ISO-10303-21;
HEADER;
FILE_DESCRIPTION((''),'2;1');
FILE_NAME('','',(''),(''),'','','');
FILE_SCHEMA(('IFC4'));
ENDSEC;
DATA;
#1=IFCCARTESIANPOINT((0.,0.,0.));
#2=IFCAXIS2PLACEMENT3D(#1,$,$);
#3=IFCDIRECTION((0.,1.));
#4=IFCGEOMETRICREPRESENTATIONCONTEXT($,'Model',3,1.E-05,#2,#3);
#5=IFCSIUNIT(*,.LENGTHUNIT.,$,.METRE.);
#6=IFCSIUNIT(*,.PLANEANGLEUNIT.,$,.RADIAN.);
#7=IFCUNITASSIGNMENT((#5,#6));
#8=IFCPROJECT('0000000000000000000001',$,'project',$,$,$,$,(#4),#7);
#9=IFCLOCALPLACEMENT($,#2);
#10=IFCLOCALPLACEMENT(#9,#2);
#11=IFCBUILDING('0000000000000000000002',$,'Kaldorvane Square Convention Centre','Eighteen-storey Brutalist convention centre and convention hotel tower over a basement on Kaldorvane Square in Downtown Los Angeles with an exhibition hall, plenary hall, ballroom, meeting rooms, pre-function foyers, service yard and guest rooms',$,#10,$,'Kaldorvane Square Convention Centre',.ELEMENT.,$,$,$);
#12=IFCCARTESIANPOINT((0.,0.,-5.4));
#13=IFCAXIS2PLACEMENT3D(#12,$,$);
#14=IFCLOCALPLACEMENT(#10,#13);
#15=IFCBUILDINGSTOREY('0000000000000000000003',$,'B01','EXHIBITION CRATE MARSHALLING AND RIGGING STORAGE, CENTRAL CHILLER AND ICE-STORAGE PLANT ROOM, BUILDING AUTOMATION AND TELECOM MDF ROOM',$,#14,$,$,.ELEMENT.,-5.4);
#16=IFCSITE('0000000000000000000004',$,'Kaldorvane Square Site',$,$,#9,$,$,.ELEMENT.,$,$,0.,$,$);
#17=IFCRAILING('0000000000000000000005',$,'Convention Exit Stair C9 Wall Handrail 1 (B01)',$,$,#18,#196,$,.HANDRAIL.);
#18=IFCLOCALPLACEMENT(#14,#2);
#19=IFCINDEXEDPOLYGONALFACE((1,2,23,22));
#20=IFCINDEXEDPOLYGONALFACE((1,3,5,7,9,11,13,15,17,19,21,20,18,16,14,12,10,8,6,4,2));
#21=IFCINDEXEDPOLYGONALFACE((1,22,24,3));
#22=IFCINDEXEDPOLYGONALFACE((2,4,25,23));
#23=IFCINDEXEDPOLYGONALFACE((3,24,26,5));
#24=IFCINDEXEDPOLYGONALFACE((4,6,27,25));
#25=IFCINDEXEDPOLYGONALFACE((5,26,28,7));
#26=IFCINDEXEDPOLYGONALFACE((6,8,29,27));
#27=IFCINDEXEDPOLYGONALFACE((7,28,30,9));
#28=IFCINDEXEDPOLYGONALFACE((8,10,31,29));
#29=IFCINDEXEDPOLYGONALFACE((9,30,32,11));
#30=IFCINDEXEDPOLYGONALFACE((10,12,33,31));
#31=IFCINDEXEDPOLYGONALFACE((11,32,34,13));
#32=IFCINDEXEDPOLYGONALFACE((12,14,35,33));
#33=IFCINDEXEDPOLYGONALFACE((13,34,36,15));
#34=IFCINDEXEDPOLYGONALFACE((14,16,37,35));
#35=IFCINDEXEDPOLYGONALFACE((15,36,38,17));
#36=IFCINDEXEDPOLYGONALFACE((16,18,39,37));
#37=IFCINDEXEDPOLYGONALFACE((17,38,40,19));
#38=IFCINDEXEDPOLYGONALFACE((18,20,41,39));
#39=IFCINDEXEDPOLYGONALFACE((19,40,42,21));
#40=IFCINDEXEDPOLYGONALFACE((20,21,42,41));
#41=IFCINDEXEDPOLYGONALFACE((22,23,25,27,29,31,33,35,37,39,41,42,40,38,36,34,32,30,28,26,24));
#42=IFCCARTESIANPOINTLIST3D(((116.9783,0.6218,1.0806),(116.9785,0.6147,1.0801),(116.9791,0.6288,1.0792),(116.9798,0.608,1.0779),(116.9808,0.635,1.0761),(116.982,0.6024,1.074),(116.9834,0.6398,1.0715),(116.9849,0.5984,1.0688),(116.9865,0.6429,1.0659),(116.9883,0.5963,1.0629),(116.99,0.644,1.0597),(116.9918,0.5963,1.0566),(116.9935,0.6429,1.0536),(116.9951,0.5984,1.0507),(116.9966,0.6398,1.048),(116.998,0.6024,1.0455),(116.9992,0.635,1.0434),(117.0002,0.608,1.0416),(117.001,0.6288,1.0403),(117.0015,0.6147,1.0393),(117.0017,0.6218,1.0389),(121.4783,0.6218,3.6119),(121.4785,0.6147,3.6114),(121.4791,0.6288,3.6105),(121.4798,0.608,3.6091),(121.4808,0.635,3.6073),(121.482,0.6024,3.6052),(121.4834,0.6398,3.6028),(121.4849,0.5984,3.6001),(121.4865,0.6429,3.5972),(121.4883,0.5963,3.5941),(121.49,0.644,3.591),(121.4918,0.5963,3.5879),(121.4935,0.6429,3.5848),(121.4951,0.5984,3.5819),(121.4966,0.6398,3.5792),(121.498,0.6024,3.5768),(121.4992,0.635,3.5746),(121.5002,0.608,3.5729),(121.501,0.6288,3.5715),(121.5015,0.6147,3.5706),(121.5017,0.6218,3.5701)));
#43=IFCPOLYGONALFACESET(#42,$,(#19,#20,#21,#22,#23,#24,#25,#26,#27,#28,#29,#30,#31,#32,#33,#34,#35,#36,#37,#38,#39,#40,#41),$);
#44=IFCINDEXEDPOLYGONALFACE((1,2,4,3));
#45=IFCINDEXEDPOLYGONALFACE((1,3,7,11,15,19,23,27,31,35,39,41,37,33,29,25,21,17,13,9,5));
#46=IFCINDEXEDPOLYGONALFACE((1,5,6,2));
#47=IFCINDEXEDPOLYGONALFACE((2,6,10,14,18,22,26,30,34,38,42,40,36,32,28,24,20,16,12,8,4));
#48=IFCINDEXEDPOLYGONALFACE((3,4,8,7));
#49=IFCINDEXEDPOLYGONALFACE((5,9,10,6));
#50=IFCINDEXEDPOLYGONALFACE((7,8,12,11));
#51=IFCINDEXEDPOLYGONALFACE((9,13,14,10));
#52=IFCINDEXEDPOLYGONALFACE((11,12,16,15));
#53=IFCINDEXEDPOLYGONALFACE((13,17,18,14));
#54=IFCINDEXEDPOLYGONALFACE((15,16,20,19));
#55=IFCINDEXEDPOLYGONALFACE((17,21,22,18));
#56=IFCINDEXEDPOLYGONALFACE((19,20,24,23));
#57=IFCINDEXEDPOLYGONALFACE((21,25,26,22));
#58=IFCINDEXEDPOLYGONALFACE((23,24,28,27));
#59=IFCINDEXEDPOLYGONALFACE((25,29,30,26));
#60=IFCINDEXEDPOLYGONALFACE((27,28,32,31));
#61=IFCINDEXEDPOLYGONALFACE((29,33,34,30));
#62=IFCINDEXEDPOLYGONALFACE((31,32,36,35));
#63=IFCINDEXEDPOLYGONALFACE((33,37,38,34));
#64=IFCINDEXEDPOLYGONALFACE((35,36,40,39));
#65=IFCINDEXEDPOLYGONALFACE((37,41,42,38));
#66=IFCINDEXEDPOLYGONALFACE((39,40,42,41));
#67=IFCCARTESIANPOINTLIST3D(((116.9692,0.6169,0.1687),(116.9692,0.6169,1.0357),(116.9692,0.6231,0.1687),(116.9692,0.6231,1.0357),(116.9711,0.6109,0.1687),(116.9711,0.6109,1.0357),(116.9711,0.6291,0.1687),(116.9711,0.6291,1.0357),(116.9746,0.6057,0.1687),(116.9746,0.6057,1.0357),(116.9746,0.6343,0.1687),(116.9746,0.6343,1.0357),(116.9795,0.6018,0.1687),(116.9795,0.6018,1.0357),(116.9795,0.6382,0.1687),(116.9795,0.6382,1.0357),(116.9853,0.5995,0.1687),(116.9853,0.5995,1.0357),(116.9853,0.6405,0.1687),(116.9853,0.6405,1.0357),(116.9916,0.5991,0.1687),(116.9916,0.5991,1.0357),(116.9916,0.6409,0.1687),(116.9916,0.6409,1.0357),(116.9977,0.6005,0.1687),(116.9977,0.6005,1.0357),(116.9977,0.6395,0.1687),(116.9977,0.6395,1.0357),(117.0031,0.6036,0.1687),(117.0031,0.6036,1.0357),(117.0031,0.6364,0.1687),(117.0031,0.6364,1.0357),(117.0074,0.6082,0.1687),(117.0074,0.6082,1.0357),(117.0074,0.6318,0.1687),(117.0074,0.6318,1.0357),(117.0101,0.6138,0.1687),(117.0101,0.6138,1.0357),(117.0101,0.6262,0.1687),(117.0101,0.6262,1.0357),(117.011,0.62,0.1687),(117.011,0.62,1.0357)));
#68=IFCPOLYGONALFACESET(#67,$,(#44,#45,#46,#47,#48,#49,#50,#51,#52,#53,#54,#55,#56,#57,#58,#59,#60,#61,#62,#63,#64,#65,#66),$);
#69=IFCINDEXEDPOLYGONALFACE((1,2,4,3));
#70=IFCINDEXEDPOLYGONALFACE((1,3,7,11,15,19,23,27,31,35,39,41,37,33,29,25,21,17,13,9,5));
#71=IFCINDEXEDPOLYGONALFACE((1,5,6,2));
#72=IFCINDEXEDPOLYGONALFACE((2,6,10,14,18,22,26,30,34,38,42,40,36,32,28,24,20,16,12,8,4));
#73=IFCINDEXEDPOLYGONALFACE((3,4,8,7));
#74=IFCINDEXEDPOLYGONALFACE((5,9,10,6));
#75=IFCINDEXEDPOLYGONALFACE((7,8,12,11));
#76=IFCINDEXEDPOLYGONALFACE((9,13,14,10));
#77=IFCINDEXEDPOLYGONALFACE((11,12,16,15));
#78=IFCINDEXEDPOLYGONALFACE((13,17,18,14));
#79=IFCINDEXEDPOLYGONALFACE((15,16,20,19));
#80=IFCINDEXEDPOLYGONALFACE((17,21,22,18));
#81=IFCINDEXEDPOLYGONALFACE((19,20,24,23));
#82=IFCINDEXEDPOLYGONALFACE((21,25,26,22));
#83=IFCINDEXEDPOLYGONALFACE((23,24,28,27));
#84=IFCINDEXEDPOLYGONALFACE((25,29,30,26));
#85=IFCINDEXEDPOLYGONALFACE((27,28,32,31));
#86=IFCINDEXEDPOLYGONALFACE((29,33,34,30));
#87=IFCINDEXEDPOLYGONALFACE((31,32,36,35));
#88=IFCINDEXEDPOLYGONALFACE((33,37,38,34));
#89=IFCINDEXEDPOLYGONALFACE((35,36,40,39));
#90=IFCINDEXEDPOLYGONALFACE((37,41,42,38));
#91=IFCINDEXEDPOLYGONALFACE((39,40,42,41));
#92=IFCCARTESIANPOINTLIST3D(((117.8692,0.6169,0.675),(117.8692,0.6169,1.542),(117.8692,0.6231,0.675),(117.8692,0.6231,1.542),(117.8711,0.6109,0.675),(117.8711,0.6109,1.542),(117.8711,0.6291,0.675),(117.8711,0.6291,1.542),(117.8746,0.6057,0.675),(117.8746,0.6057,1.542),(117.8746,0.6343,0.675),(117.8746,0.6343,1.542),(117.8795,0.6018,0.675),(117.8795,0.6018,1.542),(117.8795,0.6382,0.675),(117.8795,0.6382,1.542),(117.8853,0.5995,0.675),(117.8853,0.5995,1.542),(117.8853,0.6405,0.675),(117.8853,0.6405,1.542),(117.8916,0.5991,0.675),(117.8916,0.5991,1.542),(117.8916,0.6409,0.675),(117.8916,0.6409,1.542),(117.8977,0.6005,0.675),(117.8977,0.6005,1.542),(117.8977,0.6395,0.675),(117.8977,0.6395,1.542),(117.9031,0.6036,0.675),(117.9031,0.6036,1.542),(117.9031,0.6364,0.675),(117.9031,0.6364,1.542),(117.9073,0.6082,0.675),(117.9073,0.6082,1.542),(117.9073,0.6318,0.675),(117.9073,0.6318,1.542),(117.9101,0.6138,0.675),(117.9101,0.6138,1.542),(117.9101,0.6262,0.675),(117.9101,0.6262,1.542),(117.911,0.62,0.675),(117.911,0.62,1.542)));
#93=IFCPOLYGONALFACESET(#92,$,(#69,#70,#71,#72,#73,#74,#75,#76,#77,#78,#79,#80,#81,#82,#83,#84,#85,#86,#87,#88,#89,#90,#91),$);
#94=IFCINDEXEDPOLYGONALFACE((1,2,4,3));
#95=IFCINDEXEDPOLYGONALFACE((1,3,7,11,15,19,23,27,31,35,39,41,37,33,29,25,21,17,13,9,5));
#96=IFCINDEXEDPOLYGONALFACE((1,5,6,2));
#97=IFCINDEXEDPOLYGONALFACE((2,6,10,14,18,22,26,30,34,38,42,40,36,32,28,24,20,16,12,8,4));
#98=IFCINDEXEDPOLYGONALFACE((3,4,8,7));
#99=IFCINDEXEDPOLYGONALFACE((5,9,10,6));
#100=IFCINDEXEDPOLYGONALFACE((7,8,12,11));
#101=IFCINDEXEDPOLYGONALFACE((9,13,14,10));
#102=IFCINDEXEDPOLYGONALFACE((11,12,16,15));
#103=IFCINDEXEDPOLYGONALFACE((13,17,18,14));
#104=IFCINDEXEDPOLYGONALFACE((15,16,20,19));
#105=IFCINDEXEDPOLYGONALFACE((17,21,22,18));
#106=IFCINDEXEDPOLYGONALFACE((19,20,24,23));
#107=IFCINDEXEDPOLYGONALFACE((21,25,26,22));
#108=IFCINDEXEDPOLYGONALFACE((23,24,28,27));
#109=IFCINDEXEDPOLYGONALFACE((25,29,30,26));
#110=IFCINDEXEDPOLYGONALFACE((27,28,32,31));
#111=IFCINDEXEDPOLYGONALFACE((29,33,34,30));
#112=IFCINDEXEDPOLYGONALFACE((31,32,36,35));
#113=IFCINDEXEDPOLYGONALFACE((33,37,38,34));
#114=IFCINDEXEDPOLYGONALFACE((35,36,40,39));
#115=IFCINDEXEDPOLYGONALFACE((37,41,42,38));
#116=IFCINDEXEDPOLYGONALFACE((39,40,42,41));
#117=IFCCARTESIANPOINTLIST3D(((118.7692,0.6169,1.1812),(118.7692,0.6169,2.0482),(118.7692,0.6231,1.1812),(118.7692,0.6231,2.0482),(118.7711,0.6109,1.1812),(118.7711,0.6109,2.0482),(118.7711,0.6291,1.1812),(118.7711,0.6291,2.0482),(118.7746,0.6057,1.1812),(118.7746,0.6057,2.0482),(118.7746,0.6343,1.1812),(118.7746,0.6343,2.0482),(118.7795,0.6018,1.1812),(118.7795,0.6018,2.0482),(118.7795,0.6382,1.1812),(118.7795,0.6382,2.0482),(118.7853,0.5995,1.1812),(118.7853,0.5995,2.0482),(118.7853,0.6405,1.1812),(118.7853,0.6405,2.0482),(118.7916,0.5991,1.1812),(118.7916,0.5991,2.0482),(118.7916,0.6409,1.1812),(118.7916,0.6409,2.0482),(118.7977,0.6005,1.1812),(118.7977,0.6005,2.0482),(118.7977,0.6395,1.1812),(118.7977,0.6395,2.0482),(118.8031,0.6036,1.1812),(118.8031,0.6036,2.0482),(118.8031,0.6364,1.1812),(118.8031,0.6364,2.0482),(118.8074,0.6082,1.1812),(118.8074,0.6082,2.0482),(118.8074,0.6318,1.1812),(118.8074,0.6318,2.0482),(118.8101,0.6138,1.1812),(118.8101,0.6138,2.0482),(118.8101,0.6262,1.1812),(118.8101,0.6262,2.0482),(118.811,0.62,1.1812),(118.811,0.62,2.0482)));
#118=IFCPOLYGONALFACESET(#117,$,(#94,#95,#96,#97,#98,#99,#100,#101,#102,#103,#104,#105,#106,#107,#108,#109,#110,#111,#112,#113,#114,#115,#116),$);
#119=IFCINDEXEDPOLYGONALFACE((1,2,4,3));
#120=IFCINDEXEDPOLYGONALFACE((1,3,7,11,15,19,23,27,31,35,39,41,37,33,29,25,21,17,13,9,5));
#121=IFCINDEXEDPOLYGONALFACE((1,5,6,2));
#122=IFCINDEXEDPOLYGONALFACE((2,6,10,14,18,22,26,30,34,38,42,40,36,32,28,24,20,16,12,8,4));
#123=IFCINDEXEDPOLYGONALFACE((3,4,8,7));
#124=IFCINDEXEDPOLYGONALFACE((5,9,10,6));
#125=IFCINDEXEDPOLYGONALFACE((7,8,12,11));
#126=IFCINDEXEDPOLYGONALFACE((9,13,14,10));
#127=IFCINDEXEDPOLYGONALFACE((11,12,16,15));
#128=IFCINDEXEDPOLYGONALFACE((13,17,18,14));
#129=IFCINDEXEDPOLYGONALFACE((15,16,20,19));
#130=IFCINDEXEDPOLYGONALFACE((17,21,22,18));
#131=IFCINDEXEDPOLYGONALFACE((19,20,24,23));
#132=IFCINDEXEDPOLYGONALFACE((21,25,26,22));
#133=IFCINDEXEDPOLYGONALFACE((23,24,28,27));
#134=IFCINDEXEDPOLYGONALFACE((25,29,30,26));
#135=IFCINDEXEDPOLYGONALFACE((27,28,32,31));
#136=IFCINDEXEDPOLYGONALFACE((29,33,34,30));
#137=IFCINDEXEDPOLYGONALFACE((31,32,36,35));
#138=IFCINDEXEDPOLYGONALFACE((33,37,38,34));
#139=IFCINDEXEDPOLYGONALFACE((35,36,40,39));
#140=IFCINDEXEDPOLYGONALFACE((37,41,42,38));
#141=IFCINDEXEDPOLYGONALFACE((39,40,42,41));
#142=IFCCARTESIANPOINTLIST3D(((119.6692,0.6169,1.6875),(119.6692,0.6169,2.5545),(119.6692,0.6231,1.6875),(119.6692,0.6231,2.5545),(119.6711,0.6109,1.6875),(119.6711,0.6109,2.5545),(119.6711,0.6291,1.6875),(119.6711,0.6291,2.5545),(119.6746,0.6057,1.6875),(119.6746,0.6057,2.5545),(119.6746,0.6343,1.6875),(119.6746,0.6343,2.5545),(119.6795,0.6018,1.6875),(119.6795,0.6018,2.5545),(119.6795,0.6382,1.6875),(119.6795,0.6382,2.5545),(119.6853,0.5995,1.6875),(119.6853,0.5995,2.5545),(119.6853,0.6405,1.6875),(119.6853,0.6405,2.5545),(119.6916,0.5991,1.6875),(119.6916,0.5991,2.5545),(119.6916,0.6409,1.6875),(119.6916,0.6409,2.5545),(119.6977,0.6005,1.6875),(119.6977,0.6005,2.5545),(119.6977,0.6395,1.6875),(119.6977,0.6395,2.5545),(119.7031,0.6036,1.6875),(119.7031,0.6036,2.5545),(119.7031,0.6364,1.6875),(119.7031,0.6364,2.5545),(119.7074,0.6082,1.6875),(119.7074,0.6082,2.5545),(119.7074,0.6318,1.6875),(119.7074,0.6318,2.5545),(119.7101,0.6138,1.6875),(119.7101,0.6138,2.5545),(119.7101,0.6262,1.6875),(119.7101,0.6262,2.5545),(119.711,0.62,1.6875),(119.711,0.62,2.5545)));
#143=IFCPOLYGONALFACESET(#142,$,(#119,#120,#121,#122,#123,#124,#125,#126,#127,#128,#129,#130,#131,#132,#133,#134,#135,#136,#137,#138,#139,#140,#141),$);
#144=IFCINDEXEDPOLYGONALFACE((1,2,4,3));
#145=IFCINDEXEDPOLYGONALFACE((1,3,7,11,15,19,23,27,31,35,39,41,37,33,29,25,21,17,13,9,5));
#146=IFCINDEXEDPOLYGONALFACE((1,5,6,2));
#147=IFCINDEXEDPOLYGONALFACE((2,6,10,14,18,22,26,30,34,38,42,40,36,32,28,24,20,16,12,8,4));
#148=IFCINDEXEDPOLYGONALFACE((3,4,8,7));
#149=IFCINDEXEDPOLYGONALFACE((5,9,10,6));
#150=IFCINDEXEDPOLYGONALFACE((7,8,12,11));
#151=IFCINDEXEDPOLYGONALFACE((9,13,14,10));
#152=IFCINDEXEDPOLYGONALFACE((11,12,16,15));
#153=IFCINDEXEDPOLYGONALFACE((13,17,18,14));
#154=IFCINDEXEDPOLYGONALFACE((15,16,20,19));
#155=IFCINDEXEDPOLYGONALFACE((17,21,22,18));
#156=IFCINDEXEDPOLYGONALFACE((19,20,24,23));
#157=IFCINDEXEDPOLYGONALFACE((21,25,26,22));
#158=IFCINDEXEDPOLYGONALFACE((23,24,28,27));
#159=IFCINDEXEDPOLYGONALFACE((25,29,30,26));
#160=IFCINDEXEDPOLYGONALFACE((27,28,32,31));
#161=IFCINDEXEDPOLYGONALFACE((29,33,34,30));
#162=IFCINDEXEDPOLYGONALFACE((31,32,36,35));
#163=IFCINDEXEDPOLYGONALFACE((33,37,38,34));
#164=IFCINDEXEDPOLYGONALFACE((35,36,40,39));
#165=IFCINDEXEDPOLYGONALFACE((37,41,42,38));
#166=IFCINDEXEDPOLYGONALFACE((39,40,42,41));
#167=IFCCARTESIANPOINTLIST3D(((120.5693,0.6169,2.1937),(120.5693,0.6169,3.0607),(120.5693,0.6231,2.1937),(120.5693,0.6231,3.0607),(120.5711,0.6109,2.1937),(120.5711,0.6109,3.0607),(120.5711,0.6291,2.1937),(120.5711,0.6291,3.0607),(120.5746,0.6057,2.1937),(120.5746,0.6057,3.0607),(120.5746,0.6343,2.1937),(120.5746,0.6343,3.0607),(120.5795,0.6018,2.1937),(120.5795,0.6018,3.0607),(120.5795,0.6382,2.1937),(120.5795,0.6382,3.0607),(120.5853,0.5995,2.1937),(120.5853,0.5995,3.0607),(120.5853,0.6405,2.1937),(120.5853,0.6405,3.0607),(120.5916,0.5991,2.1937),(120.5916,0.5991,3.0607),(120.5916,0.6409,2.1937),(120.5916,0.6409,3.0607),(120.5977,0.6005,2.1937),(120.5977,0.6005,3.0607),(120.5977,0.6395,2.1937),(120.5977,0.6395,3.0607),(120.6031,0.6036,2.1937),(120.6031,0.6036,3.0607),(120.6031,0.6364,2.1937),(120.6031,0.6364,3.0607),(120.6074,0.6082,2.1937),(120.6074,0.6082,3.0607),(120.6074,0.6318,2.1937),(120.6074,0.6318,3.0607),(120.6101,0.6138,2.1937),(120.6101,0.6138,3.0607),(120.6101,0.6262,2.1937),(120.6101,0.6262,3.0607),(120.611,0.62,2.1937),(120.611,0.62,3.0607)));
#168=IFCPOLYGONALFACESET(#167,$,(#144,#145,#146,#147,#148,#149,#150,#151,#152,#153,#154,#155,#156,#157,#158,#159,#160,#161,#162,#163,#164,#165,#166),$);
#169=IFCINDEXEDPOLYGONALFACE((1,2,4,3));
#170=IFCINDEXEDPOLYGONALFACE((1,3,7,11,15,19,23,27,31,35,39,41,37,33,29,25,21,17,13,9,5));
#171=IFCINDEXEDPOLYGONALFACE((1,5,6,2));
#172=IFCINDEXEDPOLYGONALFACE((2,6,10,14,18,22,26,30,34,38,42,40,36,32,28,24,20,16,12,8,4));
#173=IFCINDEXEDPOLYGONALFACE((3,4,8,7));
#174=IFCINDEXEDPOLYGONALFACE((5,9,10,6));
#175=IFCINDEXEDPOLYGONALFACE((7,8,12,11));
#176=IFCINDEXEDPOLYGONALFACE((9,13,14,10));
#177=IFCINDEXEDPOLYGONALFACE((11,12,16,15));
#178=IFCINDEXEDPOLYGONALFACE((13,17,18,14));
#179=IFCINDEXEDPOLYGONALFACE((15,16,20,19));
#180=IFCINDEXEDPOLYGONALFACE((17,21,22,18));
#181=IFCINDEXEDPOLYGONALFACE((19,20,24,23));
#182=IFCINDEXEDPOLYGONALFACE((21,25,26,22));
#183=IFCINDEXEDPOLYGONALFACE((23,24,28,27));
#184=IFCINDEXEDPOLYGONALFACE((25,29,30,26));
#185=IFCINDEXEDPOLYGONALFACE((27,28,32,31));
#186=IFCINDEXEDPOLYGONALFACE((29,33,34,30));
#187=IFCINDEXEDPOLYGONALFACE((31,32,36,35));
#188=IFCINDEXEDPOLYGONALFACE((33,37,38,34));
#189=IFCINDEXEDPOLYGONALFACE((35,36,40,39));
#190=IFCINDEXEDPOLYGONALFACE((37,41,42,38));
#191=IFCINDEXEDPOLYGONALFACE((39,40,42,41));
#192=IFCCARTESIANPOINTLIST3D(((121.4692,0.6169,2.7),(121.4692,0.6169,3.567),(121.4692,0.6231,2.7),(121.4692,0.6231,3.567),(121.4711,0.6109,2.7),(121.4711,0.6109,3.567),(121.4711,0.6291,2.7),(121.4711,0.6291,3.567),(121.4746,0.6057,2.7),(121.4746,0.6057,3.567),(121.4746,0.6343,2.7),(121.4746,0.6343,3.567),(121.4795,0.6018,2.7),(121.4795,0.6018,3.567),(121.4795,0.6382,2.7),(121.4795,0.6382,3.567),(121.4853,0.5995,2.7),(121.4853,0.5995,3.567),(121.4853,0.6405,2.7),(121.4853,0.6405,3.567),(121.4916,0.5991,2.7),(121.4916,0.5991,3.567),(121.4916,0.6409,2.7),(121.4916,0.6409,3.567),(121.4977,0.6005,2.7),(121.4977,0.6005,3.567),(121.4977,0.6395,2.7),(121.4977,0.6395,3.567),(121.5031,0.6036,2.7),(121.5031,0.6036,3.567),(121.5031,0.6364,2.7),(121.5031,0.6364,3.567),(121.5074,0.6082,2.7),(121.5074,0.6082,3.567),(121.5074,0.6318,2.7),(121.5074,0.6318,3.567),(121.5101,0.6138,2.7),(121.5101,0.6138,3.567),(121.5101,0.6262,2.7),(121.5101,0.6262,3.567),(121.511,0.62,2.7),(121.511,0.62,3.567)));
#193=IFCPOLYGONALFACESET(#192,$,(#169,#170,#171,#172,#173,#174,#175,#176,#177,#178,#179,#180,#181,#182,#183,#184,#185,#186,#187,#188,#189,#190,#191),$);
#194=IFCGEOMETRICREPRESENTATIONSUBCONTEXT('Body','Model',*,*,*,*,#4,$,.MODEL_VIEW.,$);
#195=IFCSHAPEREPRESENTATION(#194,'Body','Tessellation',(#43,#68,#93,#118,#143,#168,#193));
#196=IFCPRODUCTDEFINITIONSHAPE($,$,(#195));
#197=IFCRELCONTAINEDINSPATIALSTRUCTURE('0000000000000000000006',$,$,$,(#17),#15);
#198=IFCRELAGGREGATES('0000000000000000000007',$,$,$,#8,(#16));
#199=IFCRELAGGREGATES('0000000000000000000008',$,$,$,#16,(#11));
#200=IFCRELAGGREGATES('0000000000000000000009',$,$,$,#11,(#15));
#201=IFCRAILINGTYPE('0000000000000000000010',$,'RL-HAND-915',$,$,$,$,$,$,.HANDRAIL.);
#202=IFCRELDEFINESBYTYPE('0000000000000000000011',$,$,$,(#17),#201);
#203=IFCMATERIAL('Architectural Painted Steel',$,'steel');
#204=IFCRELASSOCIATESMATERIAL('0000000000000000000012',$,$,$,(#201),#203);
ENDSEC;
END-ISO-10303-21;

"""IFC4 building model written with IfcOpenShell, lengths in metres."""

from ifc_helpers import new_model, si_unit, direction, frame, origin, origin_2d, place, context, subcontext, project, spatial, circle, extrude, material, type_object, element, save


model = new_model("IFC4")

# Units and contexts
model_context = context("Model", 3, precision=1e-05, world=origin(), true_north=direction((0.0, 1.0)))
body_context = subcontext(model_context, "Body", "Model", "MODEL_VIEW")
ifc_project = project(units=[si_unit("LENGTHUNIT", "METRE"), si_unit("PLANEANGLEUNIT", "RADIAN")], contexts=[model_context])

# Site, building, storey
site_placement = place(None, origin())
site = spatial("IfcSite", under=ifc_project, at=site_placement, Name="Kaldorvane Square Site", CompositionType="ELEMENT", RefElevation=0.0)
building_placement = place(site_placement, origin())
building = spatial("IfcBuilding", under=site, at=building_placement, Name="Kaldorvane Square Convention Centre", Description="Eighteen-storey Brutalist convention centre and convention hotel tower over a basement on Kaldorvane Square in Downtown Los Angeles with an exhibition hall, plenary hall, ballroom, meeting rooms, pre-function foyers, service yard and guest rooms", LongName="Kaldorvane Square Convention Centre", CompositionType="ELEMENT")
storey_placement = place(building_placement, frame((0.0, 0.0, -5.4)))
storey = spatial("IfcBuildingStorey", under=building, at=storey_placement, Name="B01", Description="EXHIBITION CRATE MARSHALLING AND RIGGING STORAGE, CENTRAL CHILLER AND ICE-STORAGE PLANT ROOM, BUILDING AUTOMATION AND TELECOM MDF ROOM", CompositionType="ELEMENT", Elevation=-5.4)

# Railing
ifc_material_1 = material(Name="Architectural Painted Steel", Category="steel")
railing_type_1 = type_object("IfcRailingType", Name="RL-HAND-915", PredefinedType="HANDRAIL", material=ifc_material_1)
for number, where, name in (
    (1, (116.99, 0.62, 0.1687), "Convention Exit Stair C9 Wall Handrail 1 (B01)"),
):
    element("IfcRailing", number, at=place(storey_placement, frame(where)), inside=storey, type_object=railing_type_1, Name=name, PredefinedType="HANDRAIL", context=body_context, shape_type="SweptSolid", body=[
        extrude(circle(Radius=0.024, at=origin_2d()), frame((0.0, 0.0, 0.891), z_axis=(0.871576, 0.0, 0.490261), x_axis=(0.0, 1.0, 0.0)), (0.0, 0.0, 1.0), 5.1631),
        extrude(circle(Radius=0.021, at=origin_2d()), origin(), (0.0, 0.0, 1.0), 0.867),
        extrude(circle(Radius=0.021, at=origin_2d()), frame((0.9, 0.0, 0.5063)), (0.0, 0.0, 1.0), 0.867),
        extrude(circle(Radius=0.021, at=origin_2d()), frame((1.8, 0.0, 1.0125)), (0.0, 0.0, 1.0), 0.867),
        extrude(circle(Radius=0.021, at=origin_2d()), frame((2.7, 0.0, 1.5188)), (0.0, 0.0, 1.0), 0.867),
        extrude(circle(Radius=0.021, at=origin_2d()), frame((3.6, 0.0, 2.025)), (0.0, 0.0, 1.0), 0.867),
        extrude(circle(Radius=0.021, at=origin_2d()), frame((4.5, 0.0, 2.5312)), (0.0, 0.0, 1.0), 0.867),
    ])

save(model, "model.ifc")
